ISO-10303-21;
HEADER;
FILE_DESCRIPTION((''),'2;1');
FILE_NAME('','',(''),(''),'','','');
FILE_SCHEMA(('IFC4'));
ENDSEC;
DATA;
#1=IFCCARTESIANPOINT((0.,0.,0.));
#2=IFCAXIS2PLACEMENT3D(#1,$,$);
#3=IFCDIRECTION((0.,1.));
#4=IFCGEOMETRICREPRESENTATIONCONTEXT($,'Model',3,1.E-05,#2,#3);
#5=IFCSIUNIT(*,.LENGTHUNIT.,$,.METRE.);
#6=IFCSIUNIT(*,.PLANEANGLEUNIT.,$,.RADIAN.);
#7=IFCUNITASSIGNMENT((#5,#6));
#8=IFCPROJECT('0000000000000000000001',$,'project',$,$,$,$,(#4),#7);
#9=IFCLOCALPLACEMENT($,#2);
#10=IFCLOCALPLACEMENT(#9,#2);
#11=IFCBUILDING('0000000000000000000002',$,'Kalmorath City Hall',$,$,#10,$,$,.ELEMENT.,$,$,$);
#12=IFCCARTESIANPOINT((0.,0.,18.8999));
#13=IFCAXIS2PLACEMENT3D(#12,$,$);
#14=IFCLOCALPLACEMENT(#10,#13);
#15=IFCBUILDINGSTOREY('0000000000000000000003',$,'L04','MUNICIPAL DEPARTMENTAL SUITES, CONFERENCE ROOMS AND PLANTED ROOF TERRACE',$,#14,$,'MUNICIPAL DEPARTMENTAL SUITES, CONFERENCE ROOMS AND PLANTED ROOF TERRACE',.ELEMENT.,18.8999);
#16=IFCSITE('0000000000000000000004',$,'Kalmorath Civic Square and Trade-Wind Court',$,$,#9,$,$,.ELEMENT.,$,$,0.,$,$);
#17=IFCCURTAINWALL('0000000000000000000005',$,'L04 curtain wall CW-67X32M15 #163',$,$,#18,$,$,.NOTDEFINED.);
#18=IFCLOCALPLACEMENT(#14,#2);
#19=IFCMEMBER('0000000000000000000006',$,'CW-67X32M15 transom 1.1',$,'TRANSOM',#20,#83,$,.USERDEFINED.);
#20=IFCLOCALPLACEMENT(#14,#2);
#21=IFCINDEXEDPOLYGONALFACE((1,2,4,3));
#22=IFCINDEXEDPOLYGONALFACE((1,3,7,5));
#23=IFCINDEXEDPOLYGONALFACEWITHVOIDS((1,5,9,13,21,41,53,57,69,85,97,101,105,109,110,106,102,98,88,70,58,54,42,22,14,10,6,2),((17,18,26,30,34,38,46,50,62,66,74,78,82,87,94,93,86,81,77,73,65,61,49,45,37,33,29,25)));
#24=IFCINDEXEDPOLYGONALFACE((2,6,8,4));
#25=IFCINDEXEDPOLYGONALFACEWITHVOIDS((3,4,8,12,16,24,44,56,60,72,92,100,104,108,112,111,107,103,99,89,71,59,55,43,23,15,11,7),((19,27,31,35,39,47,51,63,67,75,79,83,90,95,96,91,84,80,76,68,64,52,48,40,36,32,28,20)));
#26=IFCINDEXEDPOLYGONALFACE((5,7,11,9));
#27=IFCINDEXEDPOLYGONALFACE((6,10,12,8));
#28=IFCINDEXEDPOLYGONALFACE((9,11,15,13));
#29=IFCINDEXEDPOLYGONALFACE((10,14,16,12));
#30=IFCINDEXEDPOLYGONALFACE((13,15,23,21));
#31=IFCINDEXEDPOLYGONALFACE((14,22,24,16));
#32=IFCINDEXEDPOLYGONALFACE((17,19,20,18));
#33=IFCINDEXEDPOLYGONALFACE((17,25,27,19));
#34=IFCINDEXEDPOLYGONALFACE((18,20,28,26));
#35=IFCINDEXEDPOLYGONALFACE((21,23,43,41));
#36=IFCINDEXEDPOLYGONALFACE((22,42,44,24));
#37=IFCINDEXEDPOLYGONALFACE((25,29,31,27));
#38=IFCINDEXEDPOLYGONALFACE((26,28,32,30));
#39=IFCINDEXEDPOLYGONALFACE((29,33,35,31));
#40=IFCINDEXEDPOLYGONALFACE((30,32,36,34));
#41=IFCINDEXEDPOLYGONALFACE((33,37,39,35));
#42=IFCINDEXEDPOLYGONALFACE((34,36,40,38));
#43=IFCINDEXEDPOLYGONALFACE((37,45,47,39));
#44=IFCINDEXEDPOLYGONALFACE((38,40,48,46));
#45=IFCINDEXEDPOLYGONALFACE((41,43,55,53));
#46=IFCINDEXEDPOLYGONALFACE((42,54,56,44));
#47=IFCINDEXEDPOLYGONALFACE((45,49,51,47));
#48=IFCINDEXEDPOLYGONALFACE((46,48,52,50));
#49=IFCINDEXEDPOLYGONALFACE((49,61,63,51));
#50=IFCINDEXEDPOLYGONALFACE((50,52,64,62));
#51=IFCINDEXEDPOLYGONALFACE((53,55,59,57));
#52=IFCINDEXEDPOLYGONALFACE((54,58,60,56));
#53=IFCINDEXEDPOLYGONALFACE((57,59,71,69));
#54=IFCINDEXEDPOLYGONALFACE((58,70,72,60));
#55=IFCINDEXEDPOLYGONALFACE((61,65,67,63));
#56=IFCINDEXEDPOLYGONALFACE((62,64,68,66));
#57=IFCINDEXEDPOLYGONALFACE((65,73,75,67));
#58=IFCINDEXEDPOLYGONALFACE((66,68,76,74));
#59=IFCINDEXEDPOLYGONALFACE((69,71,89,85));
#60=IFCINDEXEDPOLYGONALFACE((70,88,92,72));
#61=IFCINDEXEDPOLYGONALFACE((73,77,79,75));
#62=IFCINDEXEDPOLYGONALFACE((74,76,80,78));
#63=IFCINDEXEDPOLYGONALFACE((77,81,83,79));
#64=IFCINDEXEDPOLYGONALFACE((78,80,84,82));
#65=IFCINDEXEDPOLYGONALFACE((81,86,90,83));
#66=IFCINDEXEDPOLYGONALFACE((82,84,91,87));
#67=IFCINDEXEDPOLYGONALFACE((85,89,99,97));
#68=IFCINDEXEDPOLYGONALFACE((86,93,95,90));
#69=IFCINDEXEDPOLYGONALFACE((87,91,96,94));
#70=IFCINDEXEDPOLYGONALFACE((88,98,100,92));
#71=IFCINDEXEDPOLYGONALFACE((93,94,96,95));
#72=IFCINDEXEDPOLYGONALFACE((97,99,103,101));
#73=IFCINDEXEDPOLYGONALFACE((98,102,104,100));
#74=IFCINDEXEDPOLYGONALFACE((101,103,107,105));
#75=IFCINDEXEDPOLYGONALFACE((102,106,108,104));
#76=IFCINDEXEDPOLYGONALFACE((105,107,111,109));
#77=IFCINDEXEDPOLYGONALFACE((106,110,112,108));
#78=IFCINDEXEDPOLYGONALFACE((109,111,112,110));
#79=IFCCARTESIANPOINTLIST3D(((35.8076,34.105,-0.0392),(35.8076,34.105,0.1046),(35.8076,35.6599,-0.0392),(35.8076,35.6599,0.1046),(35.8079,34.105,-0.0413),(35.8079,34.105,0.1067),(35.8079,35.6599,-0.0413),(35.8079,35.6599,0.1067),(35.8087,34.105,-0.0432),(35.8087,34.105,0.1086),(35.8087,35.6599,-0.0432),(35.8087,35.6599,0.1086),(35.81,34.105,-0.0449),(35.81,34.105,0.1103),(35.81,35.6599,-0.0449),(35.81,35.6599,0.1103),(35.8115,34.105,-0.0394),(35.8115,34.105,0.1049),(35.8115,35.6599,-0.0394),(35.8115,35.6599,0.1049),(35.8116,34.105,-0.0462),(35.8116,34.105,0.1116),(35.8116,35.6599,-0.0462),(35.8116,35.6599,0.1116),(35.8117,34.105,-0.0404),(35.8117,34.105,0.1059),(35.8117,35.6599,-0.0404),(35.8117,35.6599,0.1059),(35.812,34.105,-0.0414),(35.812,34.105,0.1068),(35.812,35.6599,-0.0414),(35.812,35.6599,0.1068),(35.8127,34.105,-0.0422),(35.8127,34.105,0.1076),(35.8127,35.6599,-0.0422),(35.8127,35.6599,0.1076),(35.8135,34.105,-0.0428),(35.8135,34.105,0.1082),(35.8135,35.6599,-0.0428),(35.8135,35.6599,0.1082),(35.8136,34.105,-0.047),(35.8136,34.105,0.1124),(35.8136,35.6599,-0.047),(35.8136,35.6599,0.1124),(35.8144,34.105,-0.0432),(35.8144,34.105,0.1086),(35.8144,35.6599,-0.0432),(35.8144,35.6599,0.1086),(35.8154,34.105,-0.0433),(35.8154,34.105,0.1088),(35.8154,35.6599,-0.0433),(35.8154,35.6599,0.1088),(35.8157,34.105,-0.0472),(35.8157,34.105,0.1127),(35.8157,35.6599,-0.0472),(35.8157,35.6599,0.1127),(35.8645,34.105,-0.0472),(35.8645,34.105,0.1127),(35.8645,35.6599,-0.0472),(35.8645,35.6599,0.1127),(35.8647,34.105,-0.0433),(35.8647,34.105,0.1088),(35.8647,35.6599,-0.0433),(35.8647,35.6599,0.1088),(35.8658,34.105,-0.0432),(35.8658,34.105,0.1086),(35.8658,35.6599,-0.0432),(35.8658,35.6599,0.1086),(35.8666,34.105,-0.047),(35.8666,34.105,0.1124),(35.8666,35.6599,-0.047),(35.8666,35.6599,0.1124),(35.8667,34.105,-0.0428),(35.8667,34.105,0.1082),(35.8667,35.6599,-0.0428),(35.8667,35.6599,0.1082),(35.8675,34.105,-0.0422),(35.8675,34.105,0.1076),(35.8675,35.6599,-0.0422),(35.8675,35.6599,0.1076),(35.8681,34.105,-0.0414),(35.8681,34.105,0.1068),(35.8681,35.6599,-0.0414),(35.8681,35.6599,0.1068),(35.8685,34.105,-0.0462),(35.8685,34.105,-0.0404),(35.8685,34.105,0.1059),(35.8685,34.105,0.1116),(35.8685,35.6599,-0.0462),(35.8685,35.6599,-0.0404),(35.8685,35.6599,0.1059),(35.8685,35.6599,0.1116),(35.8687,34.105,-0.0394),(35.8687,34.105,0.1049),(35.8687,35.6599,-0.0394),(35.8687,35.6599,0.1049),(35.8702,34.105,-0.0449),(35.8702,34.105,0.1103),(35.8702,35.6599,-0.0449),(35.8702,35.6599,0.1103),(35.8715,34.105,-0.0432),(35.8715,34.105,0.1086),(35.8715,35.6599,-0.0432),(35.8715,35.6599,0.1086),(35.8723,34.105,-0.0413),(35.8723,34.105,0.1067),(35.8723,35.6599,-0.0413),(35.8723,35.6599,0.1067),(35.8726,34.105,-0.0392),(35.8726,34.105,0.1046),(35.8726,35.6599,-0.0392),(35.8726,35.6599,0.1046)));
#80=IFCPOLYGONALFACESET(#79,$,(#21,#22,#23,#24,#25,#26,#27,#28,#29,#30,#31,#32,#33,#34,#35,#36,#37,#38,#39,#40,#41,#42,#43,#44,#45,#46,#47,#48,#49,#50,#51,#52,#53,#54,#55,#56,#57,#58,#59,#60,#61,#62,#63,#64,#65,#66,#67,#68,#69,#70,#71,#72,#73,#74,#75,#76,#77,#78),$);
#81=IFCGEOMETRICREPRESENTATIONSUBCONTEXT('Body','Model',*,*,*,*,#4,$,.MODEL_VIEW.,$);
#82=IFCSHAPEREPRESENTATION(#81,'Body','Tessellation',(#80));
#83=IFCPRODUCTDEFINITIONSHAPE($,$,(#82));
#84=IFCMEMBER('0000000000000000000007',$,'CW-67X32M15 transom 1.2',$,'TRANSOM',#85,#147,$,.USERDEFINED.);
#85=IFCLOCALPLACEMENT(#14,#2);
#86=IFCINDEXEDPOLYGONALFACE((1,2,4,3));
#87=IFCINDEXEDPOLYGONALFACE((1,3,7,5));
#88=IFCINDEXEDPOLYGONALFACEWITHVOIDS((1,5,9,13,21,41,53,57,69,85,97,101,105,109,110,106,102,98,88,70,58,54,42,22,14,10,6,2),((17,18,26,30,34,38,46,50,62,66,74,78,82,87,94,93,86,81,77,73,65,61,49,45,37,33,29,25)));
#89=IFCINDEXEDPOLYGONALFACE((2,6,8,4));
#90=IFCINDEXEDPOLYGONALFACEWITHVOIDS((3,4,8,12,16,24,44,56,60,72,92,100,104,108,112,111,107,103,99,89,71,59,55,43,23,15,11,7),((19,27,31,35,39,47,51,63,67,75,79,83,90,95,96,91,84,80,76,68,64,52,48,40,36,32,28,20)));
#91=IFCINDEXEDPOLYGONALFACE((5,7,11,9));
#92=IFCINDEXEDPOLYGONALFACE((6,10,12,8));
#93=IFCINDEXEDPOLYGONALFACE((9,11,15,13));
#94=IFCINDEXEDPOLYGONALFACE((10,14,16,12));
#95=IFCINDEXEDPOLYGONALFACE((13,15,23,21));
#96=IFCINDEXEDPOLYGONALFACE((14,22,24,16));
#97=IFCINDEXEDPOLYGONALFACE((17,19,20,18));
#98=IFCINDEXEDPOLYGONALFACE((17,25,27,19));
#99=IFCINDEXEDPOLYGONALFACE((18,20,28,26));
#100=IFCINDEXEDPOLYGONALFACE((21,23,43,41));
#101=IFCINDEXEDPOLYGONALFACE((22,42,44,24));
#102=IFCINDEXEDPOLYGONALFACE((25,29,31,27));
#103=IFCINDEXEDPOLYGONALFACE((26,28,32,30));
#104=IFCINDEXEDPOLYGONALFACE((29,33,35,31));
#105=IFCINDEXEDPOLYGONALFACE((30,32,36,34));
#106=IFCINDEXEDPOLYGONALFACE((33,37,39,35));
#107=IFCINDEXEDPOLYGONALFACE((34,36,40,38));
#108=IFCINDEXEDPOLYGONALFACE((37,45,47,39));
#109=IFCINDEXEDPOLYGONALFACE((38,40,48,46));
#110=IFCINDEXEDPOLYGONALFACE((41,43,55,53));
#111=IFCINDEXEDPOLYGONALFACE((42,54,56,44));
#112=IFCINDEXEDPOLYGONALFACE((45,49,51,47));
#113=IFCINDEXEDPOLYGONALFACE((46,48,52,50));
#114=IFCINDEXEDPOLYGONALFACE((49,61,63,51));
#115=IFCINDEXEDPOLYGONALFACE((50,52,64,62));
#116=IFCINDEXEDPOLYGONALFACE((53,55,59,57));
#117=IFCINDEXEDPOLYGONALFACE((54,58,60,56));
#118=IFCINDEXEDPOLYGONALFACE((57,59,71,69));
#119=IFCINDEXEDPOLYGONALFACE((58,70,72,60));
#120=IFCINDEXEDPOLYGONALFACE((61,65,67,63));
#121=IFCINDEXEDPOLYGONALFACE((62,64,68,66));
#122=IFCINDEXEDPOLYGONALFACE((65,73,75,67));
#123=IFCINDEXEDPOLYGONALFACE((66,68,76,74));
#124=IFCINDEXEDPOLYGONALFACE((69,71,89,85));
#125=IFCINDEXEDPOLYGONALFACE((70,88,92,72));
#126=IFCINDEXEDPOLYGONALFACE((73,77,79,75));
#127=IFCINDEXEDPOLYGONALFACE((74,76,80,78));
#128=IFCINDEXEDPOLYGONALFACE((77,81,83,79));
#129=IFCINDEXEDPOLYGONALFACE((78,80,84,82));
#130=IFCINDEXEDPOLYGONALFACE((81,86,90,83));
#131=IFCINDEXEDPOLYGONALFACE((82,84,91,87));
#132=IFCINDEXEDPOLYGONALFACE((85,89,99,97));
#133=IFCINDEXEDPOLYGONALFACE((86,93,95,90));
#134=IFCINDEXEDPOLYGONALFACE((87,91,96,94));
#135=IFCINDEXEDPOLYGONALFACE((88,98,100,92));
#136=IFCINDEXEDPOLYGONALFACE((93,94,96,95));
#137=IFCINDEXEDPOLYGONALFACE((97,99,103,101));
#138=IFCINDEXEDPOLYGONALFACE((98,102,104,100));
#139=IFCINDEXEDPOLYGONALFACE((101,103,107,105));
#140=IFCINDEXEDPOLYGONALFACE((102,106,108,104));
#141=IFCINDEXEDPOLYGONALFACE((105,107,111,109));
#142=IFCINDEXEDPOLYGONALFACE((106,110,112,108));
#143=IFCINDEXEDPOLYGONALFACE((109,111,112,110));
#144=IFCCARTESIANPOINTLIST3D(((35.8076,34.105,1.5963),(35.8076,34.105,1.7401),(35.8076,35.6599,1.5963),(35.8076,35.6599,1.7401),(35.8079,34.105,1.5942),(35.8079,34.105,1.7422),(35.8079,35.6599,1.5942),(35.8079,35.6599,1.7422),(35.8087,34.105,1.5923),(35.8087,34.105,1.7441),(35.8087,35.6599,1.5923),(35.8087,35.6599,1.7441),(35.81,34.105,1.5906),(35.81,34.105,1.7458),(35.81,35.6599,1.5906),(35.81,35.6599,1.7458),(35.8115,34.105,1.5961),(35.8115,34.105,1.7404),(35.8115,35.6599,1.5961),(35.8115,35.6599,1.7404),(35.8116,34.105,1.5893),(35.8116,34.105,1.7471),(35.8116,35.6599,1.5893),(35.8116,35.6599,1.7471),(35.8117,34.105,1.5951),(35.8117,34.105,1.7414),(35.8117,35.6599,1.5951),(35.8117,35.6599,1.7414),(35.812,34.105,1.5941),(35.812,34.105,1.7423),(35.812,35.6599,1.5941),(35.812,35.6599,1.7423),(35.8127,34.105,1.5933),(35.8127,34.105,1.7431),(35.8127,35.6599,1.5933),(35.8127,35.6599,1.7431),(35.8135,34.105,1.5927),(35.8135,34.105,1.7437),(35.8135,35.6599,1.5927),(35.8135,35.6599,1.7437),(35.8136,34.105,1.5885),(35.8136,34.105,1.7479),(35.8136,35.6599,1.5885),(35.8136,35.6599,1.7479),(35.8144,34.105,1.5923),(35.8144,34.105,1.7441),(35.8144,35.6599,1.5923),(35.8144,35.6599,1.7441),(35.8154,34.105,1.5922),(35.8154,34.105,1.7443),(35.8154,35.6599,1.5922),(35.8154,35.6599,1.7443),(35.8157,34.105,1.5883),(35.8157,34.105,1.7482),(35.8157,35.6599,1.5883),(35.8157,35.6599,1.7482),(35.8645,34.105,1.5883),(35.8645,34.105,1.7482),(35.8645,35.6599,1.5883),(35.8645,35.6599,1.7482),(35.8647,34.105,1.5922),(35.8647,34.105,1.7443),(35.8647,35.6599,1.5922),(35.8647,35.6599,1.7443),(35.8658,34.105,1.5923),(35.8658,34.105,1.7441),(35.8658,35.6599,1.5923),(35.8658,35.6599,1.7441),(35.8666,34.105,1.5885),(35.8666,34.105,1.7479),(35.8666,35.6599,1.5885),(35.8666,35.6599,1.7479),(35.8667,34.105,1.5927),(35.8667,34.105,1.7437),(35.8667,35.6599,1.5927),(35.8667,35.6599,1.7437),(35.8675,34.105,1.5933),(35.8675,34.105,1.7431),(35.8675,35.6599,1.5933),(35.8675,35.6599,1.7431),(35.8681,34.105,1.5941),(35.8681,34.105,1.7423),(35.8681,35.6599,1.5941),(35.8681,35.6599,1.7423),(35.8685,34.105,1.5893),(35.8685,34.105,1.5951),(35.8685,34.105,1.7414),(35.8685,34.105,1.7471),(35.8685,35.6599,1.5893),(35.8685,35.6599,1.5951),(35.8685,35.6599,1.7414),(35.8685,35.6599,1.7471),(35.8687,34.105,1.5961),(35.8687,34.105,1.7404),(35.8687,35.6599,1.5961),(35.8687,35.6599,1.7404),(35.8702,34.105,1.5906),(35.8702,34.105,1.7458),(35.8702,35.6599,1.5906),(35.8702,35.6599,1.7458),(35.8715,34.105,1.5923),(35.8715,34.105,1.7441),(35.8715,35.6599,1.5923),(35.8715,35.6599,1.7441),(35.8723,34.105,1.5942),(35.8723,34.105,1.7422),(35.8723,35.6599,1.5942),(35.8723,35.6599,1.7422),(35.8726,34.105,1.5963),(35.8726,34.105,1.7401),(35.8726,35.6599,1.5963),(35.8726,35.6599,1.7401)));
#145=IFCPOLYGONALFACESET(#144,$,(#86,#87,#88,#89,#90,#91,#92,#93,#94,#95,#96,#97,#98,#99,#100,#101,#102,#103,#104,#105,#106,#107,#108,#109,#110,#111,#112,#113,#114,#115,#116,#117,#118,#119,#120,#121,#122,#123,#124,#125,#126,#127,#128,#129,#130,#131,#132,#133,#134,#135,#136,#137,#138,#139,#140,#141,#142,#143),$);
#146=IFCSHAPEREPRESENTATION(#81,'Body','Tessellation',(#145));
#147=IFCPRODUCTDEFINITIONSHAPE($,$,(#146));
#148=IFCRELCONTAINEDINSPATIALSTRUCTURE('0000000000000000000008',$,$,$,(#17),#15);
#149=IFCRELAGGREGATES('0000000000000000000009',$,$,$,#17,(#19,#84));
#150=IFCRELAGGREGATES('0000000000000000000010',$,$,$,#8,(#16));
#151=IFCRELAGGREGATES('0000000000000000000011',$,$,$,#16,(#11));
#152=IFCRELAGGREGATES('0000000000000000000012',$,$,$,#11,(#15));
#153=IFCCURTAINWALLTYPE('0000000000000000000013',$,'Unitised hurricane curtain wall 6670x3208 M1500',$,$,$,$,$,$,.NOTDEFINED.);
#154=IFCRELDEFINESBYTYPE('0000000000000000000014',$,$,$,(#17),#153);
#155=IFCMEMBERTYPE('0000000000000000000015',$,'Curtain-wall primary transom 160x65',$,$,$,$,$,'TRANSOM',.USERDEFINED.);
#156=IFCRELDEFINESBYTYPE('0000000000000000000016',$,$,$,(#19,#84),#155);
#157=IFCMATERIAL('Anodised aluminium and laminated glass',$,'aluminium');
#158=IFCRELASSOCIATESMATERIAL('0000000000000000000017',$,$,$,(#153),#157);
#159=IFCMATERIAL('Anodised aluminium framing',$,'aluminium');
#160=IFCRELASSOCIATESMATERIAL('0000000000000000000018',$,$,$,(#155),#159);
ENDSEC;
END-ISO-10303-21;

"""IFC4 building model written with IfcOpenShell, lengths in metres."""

from ifc_helpers import new_model, si_unit, direction, frame, origin, origin_2d, place, context, subcontext, project, spatial, hollow_rectangle, extrude, material, material_profile, profile_set, type_object, element, aggregate, save


model = new_model("IFC4")

# Units and contexts
model_context = context("Model", 3, precision=1e-05, world=origin(), true_north=direction((0.0, 1.0)))
body_context = subcontext(model_context, "Body", "Model", "MODEL_VIEW")
ifc_project = project(units=[si_unit("LENGTHUNIT", "METRE"), si_unit("PLANEANGLEUNIT", "RADIAN")], contexts=[model_context])

# Site, building, storey
site_placement = place(None, origin())
site = spatial("IfcSite", under=ifc_project, at=site_placement, Name="Kalmorath Civic Square and Trade-Wind Court", CompositionType="ELEMENT", RefElevation=0.0)
building_placement = place(site_placement, origin())
building = spatial("IfcBuilding", under=site, at=building_placement, Name="Kalmorath City Hall", CompositionType="ELEMENT")
storey_placement = place(building_placement, frame((0.0, 0.0, 18.8999)))
storey = spatial("IfcBuildingStorey", under=building, at=storey_placement, Name="L04", Description="MUNICIPAL DEPARTMENTAL SUITES, CONFERENCE ROOMS AND PLANTED ROOF TERRACE", LongName="MUNICIPAL DEPARTMENTAL SUITES, CONFERENCE ROOMS AND PLANTED ROOF TERRACE", CompositionType="ELEMENT", Elevation=18.8999)

# Curtain wall, members
ifc_material_1 = material(Name="Anodised aluminium and laminated glass", Category="aluminium")
curtain_wall_type_1 = type_object("IfcCurtainWallType", Name="Unitised hurricane curtain wall 6670x3208 M1500", PredefinedType="NOTDEFINED", material=ifc_material_1)
curtain_wall_1_placement = place(storey_placement, origin())
curtain_wall_1 = element("IfcCurtainWall", 1, at=curtain_wall_1_placement, inside=storey, type_object=curtain_wall_type_1, Name="L04 curtain wall CW-67X32M15 #163", PredefinedType="NOTDEFINED")
ifc_material_2 = material(Name="Anodised aluminium framing", Category="aluminium")
ifc_material_profile_1 = material_profile(ifc_material_2, hollow_rectangle(XDim=0.0649, YDim=0.1599, WallThickness=0.0039, InnerFilletRadius=0.0039, OuterFilletRadius=0.0081, at=origin_2d()), Name="ALU-TRN-160X65X4")
ifc_profile_set_1 = profile_set([ifc_material_profile_1], Name="Anodised aluminium framing")
member_type_1 = type_object("IfcMemberType", Name="Curtain-wall primary transom 160x65", ElementType="TRANSOM", PredefinedType="USERDEFINED", material=ifc_profile_set_1)
member_1_placement = place(storey_placement, frame((35.8401, 35.6599, 0.0327), z_axis=(0.0, -1.0, 0.0), x_axis=(1.0, 0.0, 0.0)))
member_1 = element("IfcMember", 2, at=member_1_placement, type_object=member_type_1, Name="CW-67X32M15 transom 1.1", ObjectType="TRANSOM", PredefinedType="USERDEFINED", context=body_context, shape_type="SweptSolid", body=[
    extrude(hollow_rectangle(XDim=0.0649, YDim=0.1599, WallThickness=0.0039, InnerFilletRadius=0.0039, OuterFilletRadius=0.0081, at=origin_2d()), origin(), (0.0, 0.0, 1.0), 1.5549),
])
member_2_placement = place(storey_placement, frame((35.8401, 35.6599, 1.6682), z_axis=(0.0, -1.0, 0.0), x_axis=(1.0, 0.0, 0.0)))
member_2 = element("IfcMember", 3, at=member_2_placement, type_object=member_type_1, Name="CW-67X32M15 transom 1.2", ObjectType="TRANSOM", PredefinedType="USERDEFINED", context=body_context, shape_type="SweptSolid", body=[
    extrude(hollow_rectangle(XDim=0.0649, YDim=0.1599, WallThickness=0.0039, InnerFilletRadius=0.0039, OuterFilletRadius=0.0081, at=origin_2d()), origin(), (0.0, 0.0, 1.0), 1.5549),
])
aggregate(curtain_wall_1, [member_1, member_2])

save(model, "model.ifc")
